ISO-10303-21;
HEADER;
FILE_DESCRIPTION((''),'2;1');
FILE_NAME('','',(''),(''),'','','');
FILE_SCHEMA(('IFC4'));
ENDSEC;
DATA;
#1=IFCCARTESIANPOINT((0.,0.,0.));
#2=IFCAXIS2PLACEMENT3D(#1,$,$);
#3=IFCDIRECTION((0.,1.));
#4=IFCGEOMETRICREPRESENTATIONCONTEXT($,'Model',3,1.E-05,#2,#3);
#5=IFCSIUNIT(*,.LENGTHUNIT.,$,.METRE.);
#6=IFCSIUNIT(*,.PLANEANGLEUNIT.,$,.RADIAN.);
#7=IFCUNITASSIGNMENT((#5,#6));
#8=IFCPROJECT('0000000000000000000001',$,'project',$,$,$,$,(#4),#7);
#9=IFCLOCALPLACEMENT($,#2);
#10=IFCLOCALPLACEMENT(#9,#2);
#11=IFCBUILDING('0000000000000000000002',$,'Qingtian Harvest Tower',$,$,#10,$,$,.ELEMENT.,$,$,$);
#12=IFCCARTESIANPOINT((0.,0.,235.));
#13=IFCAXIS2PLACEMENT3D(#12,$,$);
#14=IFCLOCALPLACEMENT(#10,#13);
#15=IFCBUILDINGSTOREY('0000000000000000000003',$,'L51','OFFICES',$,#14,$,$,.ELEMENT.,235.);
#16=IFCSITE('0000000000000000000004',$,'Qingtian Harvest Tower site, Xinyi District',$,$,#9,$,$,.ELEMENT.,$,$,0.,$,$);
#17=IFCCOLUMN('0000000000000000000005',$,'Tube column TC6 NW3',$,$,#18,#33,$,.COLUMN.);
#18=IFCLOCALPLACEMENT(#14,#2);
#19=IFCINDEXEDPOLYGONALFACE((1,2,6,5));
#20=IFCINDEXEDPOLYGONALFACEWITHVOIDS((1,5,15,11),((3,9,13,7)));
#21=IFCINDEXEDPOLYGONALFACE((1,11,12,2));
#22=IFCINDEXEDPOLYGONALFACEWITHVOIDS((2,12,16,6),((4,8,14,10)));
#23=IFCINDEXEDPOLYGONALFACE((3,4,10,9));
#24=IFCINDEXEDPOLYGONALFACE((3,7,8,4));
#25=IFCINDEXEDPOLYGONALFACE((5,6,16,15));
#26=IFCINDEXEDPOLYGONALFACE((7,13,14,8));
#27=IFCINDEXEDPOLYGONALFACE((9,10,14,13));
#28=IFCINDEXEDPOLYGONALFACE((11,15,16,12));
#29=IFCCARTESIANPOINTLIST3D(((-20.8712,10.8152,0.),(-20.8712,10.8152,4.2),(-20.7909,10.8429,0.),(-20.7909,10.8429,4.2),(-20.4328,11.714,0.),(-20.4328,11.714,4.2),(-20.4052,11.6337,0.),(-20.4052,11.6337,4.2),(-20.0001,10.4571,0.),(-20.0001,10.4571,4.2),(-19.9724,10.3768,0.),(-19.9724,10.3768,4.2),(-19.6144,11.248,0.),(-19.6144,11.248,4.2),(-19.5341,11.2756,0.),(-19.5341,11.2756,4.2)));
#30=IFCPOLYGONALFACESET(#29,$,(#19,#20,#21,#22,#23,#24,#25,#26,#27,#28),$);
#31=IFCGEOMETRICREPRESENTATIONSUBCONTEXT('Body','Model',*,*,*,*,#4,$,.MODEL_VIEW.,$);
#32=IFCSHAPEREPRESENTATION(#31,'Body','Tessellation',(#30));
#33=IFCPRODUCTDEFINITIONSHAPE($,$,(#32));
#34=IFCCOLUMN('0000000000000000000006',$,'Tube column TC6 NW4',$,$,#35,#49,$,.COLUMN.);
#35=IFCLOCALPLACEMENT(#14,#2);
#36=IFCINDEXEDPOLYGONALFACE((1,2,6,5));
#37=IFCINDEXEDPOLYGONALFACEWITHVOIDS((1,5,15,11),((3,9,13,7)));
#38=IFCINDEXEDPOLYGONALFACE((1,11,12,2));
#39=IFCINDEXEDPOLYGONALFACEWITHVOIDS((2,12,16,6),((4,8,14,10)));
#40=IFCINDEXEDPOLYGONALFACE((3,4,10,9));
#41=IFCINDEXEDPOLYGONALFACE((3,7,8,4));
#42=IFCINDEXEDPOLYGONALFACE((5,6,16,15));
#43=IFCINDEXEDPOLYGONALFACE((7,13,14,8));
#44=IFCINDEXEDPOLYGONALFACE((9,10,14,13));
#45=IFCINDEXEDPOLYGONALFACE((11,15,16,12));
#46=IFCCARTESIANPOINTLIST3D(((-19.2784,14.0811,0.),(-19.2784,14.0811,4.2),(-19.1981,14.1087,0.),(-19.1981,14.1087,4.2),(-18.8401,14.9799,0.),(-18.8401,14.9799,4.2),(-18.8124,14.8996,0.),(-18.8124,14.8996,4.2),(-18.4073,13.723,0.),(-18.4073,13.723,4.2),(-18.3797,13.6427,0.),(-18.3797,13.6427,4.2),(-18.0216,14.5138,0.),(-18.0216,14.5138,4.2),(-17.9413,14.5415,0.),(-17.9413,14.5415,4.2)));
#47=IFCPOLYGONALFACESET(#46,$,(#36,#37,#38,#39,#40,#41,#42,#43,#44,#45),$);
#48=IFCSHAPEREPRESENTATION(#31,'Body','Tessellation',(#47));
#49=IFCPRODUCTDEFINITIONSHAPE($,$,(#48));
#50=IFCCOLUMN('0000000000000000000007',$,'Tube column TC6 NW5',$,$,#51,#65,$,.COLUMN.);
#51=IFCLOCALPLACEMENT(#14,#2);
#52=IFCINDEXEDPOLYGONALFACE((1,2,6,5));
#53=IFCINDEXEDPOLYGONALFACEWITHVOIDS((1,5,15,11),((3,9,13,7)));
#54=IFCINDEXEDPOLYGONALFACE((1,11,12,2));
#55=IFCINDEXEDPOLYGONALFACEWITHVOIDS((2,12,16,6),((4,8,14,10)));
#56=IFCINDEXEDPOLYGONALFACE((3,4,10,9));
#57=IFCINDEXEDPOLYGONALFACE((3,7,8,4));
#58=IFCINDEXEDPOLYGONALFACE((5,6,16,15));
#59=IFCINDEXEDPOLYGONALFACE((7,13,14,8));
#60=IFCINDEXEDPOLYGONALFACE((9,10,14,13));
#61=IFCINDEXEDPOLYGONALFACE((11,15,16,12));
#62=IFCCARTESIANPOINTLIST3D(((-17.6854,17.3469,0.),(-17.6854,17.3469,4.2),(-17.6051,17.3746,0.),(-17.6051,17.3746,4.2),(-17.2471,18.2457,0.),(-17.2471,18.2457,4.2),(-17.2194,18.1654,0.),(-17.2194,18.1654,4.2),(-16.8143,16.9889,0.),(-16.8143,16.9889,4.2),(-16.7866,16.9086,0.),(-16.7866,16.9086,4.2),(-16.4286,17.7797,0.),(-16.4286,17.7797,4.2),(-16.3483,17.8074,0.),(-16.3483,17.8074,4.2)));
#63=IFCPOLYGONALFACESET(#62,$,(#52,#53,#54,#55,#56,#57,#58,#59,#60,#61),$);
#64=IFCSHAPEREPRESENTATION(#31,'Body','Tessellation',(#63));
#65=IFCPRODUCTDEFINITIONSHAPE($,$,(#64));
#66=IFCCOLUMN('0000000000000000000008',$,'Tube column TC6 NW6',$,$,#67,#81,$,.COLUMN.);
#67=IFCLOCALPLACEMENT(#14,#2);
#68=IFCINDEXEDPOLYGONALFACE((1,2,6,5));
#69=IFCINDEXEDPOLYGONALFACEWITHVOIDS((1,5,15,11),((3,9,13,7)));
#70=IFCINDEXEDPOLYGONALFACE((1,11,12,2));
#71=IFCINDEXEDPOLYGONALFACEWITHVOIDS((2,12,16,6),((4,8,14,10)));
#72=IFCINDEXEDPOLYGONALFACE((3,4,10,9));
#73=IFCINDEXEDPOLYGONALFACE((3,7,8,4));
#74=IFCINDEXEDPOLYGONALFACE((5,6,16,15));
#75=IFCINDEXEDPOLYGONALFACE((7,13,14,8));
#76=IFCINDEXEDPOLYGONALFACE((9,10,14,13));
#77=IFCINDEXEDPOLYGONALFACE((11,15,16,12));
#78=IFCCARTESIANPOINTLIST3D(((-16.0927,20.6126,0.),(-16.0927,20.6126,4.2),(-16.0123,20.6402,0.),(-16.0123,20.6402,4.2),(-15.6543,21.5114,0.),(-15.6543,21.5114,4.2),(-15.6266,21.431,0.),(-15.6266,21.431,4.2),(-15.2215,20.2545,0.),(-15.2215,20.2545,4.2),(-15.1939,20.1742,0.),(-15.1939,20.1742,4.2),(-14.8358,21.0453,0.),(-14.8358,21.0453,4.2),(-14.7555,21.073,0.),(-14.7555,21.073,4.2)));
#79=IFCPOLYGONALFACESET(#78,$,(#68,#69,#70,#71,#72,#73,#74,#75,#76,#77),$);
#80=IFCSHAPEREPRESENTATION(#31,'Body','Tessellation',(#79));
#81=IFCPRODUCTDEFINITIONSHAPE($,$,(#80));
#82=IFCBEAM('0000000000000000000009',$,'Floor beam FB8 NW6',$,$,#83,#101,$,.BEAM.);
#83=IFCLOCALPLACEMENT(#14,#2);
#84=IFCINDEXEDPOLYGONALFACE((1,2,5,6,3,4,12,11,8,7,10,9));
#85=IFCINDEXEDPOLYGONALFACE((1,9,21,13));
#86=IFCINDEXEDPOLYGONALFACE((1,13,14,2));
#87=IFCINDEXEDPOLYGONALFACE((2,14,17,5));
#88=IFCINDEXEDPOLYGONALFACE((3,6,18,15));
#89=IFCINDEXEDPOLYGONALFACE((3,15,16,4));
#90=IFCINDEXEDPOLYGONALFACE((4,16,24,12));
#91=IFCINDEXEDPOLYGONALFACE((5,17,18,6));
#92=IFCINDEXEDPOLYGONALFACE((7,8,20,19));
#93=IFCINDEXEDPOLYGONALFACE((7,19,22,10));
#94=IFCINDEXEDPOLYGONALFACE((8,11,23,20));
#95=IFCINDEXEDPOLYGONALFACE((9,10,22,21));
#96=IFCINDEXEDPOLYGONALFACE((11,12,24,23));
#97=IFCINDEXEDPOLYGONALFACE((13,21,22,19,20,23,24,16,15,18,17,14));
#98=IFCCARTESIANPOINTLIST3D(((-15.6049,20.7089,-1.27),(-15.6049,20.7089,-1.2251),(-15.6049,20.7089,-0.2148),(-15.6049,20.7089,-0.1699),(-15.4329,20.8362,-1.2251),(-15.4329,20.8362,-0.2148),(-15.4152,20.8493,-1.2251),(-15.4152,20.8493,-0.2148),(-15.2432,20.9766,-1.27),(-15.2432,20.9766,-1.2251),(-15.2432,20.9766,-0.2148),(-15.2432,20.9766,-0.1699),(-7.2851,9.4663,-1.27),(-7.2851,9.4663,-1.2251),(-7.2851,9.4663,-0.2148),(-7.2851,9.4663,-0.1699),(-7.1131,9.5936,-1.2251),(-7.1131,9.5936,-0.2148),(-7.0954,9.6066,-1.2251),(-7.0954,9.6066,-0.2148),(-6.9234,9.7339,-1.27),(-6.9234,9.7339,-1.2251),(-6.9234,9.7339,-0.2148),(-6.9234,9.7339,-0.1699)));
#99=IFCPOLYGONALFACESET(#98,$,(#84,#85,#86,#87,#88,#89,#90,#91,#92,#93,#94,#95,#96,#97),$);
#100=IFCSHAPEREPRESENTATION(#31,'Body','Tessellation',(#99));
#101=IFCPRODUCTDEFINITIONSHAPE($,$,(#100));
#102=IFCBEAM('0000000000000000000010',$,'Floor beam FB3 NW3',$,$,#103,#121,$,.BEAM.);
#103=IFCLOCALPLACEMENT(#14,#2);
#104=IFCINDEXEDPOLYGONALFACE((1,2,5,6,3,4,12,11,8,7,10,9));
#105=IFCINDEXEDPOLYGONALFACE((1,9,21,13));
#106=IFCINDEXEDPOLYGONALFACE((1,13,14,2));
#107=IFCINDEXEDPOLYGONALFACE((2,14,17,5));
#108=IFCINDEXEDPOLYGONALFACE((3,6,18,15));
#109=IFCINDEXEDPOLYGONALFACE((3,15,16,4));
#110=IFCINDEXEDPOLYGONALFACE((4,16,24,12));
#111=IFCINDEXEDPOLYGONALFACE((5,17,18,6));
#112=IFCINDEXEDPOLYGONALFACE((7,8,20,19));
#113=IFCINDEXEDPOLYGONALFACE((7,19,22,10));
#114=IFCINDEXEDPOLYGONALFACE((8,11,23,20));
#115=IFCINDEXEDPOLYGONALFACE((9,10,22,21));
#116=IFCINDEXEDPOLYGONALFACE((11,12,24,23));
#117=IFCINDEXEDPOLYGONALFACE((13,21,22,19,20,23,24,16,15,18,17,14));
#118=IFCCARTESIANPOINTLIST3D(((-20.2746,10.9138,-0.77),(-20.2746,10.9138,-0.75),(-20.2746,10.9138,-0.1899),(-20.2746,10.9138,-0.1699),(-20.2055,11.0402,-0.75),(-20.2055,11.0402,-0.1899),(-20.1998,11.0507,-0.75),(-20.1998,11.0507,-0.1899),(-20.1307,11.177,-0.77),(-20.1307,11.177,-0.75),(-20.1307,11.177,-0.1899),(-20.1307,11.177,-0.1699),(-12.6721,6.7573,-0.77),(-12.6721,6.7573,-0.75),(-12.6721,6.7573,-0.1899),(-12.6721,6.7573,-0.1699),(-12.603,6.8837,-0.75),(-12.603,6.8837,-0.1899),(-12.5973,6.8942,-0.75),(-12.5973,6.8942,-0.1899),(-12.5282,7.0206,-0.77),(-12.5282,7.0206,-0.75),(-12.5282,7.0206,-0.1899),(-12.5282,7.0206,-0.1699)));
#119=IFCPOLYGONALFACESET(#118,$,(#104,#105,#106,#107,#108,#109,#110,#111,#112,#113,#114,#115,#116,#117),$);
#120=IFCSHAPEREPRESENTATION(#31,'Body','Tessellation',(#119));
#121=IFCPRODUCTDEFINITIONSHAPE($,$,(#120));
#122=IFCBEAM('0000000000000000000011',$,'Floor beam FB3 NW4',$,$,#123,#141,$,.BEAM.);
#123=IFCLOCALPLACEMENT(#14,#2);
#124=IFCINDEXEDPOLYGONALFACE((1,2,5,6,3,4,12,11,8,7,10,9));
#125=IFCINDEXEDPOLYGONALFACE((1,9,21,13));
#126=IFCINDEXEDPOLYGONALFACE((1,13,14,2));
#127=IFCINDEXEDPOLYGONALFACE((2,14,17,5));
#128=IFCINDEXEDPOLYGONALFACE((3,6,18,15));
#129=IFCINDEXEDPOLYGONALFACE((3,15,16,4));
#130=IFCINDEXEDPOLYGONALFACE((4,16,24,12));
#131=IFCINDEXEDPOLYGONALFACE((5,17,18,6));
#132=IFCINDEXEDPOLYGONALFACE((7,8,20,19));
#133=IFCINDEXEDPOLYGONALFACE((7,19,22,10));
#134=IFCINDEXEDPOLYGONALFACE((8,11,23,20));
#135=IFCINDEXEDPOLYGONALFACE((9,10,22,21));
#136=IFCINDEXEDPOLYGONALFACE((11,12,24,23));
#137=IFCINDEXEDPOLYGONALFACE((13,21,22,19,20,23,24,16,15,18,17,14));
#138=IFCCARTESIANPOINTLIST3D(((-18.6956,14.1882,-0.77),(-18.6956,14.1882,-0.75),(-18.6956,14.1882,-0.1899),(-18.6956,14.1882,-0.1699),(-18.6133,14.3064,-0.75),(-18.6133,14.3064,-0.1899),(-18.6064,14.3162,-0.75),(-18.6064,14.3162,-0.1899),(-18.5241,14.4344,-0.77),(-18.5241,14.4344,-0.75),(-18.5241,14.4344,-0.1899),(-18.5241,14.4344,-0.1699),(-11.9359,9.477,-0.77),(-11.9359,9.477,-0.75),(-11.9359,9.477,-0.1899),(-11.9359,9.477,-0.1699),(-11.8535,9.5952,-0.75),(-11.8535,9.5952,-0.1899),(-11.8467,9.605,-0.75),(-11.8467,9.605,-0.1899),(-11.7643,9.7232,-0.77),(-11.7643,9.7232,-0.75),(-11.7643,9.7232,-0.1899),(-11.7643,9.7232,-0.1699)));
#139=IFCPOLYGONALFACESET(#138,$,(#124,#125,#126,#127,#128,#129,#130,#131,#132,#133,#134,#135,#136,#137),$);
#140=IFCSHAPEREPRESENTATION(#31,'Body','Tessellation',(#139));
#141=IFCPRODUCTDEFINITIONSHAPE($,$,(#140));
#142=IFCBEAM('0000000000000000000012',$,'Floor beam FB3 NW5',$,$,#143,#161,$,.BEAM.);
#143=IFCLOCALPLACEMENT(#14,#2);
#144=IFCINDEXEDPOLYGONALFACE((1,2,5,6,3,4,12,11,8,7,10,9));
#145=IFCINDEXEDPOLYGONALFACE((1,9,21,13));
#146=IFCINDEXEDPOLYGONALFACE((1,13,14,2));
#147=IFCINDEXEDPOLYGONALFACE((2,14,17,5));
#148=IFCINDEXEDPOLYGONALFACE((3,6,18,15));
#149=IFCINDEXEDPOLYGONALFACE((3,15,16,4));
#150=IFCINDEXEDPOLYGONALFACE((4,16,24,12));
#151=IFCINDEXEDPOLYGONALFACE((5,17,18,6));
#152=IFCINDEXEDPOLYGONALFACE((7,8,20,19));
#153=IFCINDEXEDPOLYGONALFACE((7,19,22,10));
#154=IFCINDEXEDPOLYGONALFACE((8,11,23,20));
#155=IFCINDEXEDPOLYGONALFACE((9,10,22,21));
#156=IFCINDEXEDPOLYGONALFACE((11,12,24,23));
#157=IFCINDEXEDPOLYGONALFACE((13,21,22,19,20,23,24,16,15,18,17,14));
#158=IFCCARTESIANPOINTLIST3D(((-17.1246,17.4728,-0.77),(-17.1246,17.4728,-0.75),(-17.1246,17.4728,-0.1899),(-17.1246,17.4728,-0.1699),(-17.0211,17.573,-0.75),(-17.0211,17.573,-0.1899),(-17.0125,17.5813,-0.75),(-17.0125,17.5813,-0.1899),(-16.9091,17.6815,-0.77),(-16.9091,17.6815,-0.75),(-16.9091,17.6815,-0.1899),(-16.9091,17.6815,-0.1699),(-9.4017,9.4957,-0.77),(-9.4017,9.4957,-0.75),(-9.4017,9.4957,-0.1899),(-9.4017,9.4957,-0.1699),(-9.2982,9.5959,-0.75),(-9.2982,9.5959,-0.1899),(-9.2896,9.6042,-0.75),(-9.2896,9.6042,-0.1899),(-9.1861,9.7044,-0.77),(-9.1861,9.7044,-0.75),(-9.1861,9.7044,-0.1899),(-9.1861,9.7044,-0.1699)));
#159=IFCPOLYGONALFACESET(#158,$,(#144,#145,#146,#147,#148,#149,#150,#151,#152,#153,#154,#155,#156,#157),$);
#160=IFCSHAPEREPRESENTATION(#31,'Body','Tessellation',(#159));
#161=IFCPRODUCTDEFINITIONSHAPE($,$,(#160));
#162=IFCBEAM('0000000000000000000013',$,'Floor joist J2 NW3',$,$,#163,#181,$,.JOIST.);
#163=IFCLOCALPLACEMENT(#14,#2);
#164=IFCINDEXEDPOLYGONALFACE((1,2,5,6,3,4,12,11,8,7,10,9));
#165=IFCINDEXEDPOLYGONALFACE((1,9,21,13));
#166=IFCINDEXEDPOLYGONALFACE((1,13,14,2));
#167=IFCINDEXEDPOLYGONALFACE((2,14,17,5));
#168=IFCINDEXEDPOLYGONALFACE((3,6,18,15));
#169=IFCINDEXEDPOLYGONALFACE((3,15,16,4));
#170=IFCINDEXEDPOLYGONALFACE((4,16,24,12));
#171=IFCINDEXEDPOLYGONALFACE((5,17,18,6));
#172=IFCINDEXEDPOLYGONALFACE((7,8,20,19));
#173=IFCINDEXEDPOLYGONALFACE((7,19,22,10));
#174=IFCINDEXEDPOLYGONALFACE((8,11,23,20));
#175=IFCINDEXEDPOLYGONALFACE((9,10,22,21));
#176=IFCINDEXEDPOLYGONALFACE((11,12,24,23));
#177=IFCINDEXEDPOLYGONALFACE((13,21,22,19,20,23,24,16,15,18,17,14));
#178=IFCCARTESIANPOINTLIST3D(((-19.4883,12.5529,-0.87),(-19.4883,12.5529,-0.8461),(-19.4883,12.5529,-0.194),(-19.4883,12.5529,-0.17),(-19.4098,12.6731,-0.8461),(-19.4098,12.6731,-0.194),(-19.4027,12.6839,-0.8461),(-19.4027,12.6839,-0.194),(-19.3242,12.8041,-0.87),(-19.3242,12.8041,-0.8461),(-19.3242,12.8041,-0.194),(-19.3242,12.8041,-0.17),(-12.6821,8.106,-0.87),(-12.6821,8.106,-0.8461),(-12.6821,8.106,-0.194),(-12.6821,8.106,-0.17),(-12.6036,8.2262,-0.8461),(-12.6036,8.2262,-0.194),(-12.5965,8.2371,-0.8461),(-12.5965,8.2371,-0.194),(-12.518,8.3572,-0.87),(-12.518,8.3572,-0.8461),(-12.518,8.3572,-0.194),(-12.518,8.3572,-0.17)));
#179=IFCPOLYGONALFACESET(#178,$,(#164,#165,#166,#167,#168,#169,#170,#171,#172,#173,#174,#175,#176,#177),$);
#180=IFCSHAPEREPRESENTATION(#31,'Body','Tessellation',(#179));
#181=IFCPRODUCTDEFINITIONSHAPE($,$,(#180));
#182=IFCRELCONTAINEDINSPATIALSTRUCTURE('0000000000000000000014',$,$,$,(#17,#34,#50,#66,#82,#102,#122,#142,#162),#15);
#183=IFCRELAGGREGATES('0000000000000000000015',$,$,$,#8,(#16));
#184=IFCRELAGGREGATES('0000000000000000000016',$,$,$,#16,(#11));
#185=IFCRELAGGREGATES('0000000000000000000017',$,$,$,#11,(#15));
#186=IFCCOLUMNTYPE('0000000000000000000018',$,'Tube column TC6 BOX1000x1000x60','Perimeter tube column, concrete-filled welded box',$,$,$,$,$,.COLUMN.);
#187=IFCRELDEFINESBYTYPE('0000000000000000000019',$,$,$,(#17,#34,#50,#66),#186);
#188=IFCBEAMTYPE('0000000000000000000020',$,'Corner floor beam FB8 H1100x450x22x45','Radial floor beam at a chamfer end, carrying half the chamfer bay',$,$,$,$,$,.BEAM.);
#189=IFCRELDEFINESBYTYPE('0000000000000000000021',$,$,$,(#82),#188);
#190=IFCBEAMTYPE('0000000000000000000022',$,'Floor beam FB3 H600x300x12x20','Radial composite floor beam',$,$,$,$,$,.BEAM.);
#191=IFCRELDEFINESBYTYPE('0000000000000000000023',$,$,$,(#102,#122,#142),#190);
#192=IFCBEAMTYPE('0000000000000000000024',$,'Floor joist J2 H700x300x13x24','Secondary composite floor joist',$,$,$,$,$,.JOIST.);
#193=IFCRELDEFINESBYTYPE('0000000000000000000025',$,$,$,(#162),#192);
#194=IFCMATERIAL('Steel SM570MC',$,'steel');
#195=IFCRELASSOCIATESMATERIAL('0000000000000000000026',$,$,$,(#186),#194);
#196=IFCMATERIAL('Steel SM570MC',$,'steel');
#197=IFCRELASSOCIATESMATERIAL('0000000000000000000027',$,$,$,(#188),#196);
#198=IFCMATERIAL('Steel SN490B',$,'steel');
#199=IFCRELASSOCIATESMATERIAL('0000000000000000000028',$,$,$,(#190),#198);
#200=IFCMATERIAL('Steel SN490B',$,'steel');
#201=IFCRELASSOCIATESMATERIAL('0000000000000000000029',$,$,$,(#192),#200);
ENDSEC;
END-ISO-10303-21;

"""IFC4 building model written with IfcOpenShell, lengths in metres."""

from ifc_helpers import new_model, si_unit, direction, frame, origin, origin_2d, place, context, subcontext, project, spatial, hollow_rectangle, i_section, extrude, material, material_profile, profile_set, type_object, element, save


model = new_model("IFC4")

# Units and contexts
model_context = context("Model", 3, precision=1e-05, world=origin(), true_north=direction((0.0, 1.0)))
body_context = subcontext(model_context, "Body", "Model", "MODEL_VIEW")
ifc_project = project(units=[si_unit("LENGTHUNIT", "METRE"), si_unit("PLANEANGLEUNIT", "RADIAN")], contexts=[model_context])

# Site, building, storey
site_placement = place(None, origin())
site = spatial("IfcSite", under=ifc_project, at=site_placement, Name="Qingtian Harvest Tower site, Xinyi District", CompositionType="ELEMENT", RefElevation=0.0)
building_placement = place(site_placement, origin())
building = spatial("IfcBuilding", under=site, at=building_placement, Name="Qingtian Harvest Tower", CompositionType="ELEMENT")
storey_placement = place(building_placement, frame((0.0, 0.0, 235.0)))
storey = spatial("IfcBuildingStorey", under=building, at=storey_placement, Name="L51", Description="OFFICES", CompositionType="ELEMENT", Elevation=235.0)

# Columns
ifc_material_1 = material(Name="Steel SM570MC", Category="steel")
ifc_material_profile_1 = material_profile(ifc_material_1, hollow_rectangle(XDim=1.0, YDim=1.0, WallThickness=0.0601, at=origin_2d()), Name="BOX1000x1000x60")
ifc_profile_set_1 = profile_set([ifc_material_profile_1], Name="Steel SM570MC")
column_type = type_object("IfcColumnType", Name="Tube column TC6 BOX1000x1000x60", Description="Perimeter tube column, concrete-filled welded box", PredefinedType="COLUMN", material=ifc_profile_set_1)
for number, where, z_axis, x_axis, name in (
    (1, (-20.2026, 11.0454, 0.0), (0.0, 0.0, 1.0), (-0.438371, -0.898794, 0.0), "Tube column TC6 NW3"),
    (2, (-18.6099, 14.3113, 0.0), (0.0, 0.0, 1.0), (-0.438371, -0.898794, 0.0), "Tube column TC6 NW4"),
    (3, (-17.0168, 17.5771, 0.0), (0.0, 0.0, 1.0), (-0.438371, -0.898794, 0.0), "Tube column TC6 NW5"),
    (4, (-15.4241, 20.8428, 0.0), (0.0, 0.0, 1.0), (-0.438371, -0.898794, 0.0), "Tube column TC6 NW6"),
):
    element("IfcColumn", number, at=place(storey_placement, frame(where, z_axis=z_axis, x_axis=x_axis)), inside=storey, type_object=column_type, Name=name, PredefinedType="COLUMN", context=body_context, shape_type="SweptSolid", body=[
        extrude(hollow_rectangle(XDim=1.0, YDim=1.0, WallThickness=0.0601, at=origin_2d()), origin(), (0.0, 0.0, 1.0), 4.2),
    ])

# Beams
ifc_material_2 = material(Name="Steel SM570MC", Category="steel")
ifc_material_profile_2 = material_profile(ifc_material_2, i_section(OverallWidth=0.45, OverallDepth=1.1001, WebThickness=0.022, FlangeThickness=0.0449, at=origin_2d()), Name="H1100x450x22x45")
ifc_profile_set_2 = profile_set([ifc_material_profile_2], Name="Steel SM570MC")
beam_type_1 = type_object("IfcBeamType", Name="Corner floor beam FB8 H1100x450x22x45", Description="Radial floor beam at a chamfer end, carrying half the chamfer bay", PredefinedType="BEAM", material=ifc_profile_set_2)
beam_1_placement = place(storey_placement, frame((-15.4241, 20.8428, -0.72), z_axis=(0.594854, -0.803834, 0.0), x_axis=(0.803834, 0.594854, 0.0)))
element("IfcBeam", 5, at=beam_1_placement, inside=storey, type_object=beam_type_1, Name="Floor beam FB8 NW6", PredefinedType="BEAM", context=body_context, shape_type="SweptSolid", body=[
    extrude(i_section(OverallWidth=0.45, OverallDepth=1.1001, WebThickness=0.022, FlangeThickness=0.0449, at=origin_2d()), origin(), (0.0, 0.0, 1.0), 13.9863),
])
ifc_material_3 = material(Name="Steel SN490B", Category="steel")
ifc_material_profile_3 = material_profile(ifc_material_3, i_section(OverallWidth=0.3, OverallDepth=0.6001, WebThickness=0.012, FlangeThickness=0.02, at=origin_2d()), Name="H600x300x12x20")
ifc_profile_set_3 = profile_set([ifc_material_profile_3], Name="Steel SN490B")
beam_type_2 = type_object("IfcBeamType", Name="Floor beam FB3 H600x300x12x20", Description="Radial composite floor beam", PredefinedType="BEAM", material=ifc_profile_set_3)
beam_2_placement = place(storey_placement, frame((-20.2026, 11.0454, -0.47), z_axis=(0.877427, -0.479711, 0.0), x_axis=(0.479711, 0.877427, 0.0)))
element("IfcBeam", 6, at=beam_2_placement, inside=storey, type_object=beam_type_2, Name="Floor beam FB3 NW3", PredefinedType="BEAM", context=body_context, shape_type="SweptSolid", body=[
    extrude(i_section(OverallWidth=0.3, OverallDepth=0.6001, WebThickness=0.012, FlangeThickness=0.02, at=origin_2d()), origin(), (0.0, 0.0, 1.0), 8.6646),
])
beam_3_placement = place(storey_placement, frame((-18.6099, 14.3113, -0.47), z_axis=(0.820408, -0.571779, 0.0), x_axis=(0.571779, 0.820408, 0.0)))
element("IfcBeam", 7, at=beam_3_placement, inside=storey, type_object=beam_type_2, Name="Floor beam FB3 NW4", PredefinedType="BEAM", context=body_context, shape_type="SweptSolid", body=[
    extrude(i_section(OverallWidth=0.3, OverallDepth=0.6001, WebThickness=0.012, FlangeThickness=0.02, at=origin_2d()), origin(), (0.0, 0.0, 1.0), 8.2395),
])
beam_4_placement = place(storey_placement, frame((-17.0168, 17.5771, -0.47), z_axis=(0.695569, -0.718459, 0.0), x_axis=(0.718459, 0.695569, 0.0)))
element("IfcBeam", 8, at=beam_4_placement, inside=storey, type_object=beam_type_2, Name="Floor beam FB3 NW5", PredefinedType="BEAM", context=body_context, shape_type="SweptSolid", body=[
    extrude(i_section(OverallWidth=0.3, OverallDepth=0.6001, WebThickness=0.012, FlangeThickness=0.02, at=origin_2d()), origin(), (0.0, 0.0, 1.0), 11.103),
])
ifc_material_4 = material(Name="Steel SN490B", Category="steel")
ifc_material_profile_4 = material_profile(ifc_material_4, i_section(OverallWidth=0.3, OverallDepth=0.7, WebThickness=0.0129, FlangeThickness=0.0239, at=origin_2d()), Name="H700x300x13x24")
ifc_profile_set_4 = profile_set([ifc_material_profile_4], Name="Steel SN490B")
beam_type_3 = type_object("IfcBeamType", Name="Floor joist J2 H700x300x13x24", Description="Secondary composite floor joist", PredefinedType="JOIST", material=ifc_profile_set_4)
beam_5_placement = place(storey_placement, frame((-19.4062, 12.6785, -0.52), z_axis=(0.837161, -0.546956, 0.0), x_axis=(0.546956, 0.837161, 0.0)))
element("IfcBeam", 9, at=beam_5_placement, inside=storey, type_object=beam_type_3, Name="Floor joist J2 NW3", PredefinedType="JOIST", context=body_context, shape_type="SweptSolid", body=[
    extrude(i_section(OverallWidth=0.3, OverallDepth=0.7, WebThickness=0.0129, FlangeThickness=0.0239, at=origin_2d()), origin(), (0.0, 0.0, 1.0), 8.1301),
])

save(model, "model.ifc")
